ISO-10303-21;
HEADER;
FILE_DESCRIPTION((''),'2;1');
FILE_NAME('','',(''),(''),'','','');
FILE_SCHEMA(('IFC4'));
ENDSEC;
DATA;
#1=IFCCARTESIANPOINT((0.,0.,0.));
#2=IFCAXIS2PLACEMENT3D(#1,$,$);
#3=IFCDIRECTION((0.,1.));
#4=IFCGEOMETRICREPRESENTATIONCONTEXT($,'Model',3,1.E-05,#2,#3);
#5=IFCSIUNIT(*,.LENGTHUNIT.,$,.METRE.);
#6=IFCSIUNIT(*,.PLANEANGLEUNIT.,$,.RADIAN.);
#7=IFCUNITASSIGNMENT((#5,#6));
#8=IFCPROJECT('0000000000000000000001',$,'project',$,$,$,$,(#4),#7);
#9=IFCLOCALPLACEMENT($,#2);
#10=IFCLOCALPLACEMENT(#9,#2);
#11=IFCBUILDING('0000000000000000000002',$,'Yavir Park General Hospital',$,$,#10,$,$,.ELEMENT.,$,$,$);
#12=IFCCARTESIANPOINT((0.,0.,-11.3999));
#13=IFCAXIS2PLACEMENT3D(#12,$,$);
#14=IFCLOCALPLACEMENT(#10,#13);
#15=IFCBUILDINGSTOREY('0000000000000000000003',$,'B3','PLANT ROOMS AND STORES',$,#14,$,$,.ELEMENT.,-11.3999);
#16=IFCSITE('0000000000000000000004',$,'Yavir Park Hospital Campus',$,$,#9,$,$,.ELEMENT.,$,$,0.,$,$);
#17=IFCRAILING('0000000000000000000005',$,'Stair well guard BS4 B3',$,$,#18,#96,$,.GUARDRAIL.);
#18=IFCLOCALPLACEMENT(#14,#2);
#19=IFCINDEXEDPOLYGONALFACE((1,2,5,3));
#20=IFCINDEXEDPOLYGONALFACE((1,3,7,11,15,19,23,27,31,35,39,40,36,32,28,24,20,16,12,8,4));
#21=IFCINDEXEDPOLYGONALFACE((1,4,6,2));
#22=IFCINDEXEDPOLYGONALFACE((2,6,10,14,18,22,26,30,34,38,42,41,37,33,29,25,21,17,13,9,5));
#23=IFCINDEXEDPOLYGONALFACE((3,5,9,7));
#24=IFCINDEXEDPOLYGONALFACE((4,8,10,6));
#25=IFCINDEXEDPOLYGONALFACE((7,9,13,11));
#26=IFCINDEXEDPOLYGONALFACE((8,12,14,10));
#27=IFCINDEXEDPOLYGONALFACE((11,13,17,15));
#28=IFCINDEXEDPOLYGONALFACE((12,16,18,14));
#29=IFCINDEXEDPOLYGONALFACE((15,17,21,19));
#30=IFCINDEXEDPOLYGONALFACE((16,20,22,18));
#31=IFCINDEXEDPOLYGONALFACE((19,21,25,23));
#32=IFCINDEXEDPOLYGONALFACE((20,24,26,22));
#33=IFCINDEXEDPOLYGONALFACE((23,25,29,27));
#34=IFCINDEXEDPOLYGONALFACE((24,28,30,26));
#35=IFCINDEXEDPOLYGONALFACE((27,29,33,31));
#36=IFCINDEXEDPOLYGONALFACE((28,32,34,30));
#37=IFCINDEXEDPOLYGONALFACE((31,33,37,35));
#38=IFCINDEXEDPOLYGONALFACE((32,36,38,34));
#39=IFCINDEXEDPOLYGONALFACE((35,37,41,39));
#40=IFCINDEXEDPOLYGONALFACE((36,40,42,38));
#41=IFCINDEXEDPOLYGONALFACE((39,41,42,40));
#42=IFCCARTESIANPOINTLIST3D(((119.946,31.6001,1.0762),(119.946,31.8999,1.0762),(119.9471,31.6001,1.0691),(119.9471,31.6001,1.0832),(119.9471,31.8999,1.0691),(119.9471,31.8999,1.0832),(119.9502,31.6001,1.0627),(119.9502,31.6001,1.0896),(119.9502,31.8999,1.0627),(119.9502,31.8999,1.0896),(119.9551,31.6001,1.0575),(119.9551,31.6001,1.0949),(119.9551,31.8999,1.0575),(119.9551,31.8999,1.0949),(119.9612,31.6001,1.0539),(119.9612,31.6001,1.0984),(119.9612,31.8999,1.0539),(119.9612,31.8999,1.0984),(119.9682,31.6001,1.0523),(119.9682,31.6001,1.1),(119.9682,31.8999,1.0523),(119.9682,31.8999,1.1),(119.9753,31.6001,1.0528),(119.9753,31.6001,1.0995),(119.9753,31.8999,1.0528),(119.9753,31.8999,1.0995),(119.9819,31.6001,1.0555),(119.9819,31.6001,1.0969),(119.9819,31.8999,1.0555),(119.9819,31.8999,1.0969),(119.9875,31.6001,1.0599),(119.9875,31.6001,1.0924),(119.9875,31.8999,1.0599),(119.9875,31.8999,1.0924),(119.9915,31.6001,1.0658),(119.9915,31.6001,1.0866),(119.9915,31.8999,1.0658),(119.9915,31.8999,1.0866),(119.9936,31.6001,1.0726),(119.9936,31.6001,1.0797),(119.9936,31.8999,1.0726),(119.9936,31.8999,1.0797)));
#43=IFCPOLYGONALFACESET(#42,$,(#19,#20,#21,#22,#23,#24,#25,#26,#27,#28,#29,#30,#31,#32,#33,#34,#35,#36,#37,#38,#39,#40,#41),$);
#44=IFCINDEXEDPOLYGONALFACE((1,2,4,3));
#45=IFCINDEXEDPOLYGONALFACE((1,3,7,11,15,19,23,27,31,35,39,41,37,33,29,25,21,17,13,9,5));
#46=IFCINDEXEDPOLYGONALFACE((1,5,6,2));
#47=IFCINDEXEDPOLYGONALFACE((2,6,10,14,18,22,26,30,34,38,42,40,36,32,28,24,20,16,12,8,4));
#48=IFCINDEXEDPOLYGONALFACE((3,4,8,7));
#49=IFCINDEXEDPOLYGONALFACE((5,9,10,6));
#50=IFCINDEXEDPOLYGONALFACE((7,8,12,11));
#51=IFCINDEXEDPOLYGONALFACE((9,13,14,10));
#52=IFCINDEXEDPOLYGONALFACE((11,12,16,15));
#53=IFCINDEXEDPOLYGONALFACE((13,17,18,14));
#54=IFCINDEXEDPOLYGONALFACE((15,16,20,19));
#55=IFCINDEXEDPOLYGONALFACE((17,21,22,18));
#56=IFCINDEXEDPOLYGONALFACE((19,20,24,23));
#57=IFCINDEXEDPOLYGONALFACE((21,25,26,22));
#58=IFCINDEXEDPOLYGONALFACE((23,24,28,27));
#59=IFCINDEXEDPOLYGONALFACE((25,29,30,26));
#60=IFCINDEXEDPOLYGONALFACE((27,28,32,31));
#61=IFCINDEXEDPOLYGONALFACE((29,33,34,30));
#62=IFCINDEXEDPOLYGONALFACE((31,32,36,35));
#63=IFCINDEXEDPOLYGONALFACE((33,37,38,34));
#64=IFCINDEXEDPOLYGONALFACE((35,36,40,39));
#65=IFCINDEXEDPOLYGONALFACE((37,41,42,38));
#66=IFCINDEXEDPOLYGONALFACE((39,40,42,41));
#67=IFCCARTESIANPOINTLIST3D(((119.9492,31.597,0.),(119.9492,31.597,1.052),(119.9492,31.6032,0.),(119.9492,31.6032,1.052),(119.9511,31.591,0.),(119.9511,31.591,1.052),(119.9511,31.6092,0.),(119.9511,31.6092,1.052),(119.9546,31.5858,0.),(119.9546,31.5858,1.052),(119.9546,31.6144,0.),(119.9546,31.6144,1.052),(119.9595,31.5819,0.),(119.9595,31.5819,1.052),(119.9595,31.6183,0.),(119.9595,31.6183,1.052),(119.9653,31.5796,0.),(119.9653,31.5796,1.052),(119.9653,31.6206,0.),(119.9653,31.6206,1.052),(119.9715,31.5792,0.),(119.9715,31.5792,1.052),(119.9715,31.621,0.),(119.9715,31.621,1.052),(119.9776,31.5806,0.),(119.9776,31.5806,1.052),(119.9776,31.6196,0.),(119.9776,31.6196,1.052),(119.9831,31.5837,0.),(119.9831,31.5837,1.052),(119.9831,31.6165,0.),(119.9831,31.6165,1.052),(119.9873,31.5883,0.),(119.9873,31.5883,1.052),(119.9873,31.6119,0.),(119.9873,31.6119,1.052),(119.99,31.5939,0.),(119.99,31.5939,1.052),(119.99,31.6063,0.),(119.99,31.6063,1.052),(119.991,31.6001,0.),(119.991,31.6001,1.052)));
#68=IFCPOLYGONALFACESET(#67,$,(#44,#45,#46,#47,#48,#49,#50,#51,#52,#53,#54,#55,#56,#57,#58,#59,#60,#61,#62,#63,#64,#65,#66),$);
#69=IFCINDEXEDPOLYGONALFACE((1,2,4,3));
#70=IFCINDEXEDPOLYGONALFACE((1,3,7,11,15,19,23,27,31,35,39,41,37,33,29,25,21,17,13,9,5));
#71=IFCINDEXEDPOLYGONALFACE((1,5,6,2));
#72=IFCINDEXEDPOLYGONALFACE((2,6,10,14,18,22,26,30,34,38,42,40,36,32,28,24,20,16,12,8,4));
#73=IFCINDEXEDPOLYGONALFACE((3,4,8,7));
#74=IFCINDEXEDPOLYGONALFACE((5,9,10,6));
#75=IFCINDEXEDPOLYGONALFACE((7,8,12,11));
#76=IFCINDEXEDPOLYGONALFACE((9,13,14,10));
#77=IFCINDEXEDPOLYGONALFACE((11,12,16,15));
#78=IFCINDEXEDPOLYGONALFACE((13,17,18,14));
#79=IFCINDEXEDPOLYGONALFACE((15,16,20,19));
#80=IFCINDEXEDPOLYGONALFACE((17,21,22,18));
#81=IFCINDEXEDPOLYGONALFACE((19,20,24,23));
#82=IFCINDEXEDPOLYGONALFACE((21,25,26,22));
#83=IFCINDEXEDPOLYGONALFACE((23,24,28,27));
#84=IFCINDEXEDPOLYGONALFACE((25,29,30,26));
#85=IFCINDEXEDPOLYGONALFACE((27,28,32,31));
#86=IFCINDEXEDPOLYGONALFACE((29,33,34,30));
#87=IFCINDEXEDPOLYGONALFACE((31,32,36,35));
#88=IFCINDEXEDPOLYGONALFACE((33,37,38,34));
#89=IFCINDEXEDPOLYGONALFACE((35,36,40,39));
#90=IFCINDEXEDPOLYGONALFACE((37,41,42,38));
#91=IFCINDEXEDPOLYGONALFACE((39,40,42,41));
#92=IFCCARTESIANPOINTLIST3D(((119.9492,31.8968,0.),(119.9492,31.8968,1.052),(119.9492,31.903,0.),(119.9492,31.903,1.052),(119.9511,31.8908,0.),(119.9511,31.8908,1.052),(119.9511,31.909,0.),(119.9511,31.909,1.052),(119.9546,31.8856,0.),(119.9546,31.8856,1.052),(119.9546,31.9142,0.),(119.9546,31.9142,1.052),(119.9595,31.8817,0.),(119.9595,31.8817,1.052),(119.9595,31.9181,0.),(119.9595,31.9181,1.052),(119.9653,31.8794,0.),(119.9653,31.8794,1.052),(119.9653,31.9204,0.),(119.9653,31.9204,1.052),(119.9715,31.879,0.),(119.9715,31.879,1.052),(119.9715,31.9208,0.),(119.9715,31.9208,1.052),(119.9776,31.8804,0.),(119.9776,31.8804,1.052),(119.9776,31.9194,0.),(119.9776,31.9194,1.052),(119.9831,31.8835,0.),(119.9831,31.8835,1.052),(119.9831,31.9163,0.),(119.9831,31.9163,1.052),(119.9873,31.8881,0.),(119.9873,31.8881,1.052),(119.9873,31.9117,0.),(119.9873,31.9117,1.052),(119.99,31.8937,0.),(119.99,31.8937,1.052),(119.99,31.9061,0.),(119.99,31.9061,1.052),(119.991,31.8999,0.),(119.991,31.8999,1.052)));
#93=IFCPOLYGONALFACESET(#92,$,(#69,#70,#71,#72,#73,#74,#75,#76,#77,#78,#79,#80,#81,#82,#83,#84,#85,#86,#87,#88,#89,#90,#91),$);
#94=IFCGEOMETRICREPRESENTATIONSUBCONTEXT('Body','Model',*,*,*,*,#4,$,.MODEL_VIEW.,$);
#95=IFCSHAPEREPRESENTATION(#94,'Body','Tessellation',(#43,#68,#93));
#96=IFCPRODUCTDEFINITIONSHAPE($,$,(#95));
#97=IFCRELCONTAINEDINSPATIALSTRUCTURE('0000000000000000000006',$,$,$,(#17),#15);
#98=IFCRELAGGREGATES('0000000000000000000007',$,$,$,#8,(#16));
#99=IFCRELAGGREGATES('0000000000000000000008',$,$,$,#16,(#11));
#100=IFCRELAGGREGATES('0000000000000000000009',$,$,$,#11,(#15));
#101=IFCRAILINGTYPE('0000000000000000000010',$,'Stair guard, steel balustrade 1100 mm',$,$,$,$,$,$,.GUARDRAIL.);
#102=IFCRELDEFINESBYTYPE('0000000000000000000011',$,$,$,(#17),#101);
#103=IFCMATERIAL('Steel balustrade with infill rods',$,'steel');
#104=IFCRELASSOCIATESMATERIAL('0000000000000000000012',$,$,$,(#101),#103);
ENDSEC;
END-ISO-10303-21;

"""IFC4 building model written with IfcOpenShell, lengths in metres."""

from ifc_helpers import new_model, si_unit, direction, frame, origin, origin_2d, place, context, subcontext, project, spatial, circle, extrude, material, type_object, element, save


model = new_model("IFC4")

# Units and contexts
model_context = context("Model", 3, precision=1e-05, world=origin(), true_north=direction((0.0, 1.0)))
body_context = subcontext(model_context, "Body", "Model", "MODEL_VIEW")
ifc_project = project(units=[si_unit("LENGTHUNIT", "METRE"), si_unit("PLANEANGLEUNIT", "RADIAN")], contexts=[model_context])

# Site, building, storey
site_placement = place(None, origin())
site = spatial("IfcSite", under=ifc_project, at=site_placement, Name="Yavir Park Hospital Campus", CompositionType="ELEMENT", RefElevation=0.0)
building_placement = place(site_placement, origin())
building = spatial("IfcBuilding", under=site, at=building_placement, Name="Yavir Park General Hospital", CompositionType="ELEMENT")
storey_placement = place(building_placement, frame((0.0, 0.0, -11.3999)))
storey = spatial("IfcBuildingStorey", under=building, at=storey_placement, Name="B3", Description="PLANT ROOMS AND STORES", CompositionType="ELEMENT", Elevation=-11.3999)

# Railing
ifc_material_1 = material(Name="Steel balustrade with infill rods", Category="steel")
railing_type_1 = type_object("IfcRailingType", Name="Stair guard, steel balustrade 1100 mm", PredefinedType="GUARDRAIL", material=ifc_material_1)
railing_1_placement = place(storey_placement, frame((119.97, 31.6001, 0.0)))
element("IfcRailing", 1, at=railing_1_placement, inside=storey, type_object=railing_type_1, Name="Stair well guard BS4 B3", PredefinedType="GUARDRAIL", context=body_context, shape_type="SweptSolid", body=[
    extrude(circle(Radius=0.0239, at=origin_2d()), frame((0.0, 0.0, 1.0762), z_axis=(0.0, 1.0, 0.0), x_axis=(-1.0, 0.0, 0.0)), (0.0, 0.0, 1.0), 0.2998),
    extrude(circle(Radius=0.021, at=origin_2d()), origin(), (0.0, 0.0, 1.0), 1.052),
    extrude(circle(Radius=0.021, at=origin_2d()), frame((0.0, 0.2998, 0.0)), (0.0, 0.0, 1.0), 1.052),
])

save(model, "model.ifc")
